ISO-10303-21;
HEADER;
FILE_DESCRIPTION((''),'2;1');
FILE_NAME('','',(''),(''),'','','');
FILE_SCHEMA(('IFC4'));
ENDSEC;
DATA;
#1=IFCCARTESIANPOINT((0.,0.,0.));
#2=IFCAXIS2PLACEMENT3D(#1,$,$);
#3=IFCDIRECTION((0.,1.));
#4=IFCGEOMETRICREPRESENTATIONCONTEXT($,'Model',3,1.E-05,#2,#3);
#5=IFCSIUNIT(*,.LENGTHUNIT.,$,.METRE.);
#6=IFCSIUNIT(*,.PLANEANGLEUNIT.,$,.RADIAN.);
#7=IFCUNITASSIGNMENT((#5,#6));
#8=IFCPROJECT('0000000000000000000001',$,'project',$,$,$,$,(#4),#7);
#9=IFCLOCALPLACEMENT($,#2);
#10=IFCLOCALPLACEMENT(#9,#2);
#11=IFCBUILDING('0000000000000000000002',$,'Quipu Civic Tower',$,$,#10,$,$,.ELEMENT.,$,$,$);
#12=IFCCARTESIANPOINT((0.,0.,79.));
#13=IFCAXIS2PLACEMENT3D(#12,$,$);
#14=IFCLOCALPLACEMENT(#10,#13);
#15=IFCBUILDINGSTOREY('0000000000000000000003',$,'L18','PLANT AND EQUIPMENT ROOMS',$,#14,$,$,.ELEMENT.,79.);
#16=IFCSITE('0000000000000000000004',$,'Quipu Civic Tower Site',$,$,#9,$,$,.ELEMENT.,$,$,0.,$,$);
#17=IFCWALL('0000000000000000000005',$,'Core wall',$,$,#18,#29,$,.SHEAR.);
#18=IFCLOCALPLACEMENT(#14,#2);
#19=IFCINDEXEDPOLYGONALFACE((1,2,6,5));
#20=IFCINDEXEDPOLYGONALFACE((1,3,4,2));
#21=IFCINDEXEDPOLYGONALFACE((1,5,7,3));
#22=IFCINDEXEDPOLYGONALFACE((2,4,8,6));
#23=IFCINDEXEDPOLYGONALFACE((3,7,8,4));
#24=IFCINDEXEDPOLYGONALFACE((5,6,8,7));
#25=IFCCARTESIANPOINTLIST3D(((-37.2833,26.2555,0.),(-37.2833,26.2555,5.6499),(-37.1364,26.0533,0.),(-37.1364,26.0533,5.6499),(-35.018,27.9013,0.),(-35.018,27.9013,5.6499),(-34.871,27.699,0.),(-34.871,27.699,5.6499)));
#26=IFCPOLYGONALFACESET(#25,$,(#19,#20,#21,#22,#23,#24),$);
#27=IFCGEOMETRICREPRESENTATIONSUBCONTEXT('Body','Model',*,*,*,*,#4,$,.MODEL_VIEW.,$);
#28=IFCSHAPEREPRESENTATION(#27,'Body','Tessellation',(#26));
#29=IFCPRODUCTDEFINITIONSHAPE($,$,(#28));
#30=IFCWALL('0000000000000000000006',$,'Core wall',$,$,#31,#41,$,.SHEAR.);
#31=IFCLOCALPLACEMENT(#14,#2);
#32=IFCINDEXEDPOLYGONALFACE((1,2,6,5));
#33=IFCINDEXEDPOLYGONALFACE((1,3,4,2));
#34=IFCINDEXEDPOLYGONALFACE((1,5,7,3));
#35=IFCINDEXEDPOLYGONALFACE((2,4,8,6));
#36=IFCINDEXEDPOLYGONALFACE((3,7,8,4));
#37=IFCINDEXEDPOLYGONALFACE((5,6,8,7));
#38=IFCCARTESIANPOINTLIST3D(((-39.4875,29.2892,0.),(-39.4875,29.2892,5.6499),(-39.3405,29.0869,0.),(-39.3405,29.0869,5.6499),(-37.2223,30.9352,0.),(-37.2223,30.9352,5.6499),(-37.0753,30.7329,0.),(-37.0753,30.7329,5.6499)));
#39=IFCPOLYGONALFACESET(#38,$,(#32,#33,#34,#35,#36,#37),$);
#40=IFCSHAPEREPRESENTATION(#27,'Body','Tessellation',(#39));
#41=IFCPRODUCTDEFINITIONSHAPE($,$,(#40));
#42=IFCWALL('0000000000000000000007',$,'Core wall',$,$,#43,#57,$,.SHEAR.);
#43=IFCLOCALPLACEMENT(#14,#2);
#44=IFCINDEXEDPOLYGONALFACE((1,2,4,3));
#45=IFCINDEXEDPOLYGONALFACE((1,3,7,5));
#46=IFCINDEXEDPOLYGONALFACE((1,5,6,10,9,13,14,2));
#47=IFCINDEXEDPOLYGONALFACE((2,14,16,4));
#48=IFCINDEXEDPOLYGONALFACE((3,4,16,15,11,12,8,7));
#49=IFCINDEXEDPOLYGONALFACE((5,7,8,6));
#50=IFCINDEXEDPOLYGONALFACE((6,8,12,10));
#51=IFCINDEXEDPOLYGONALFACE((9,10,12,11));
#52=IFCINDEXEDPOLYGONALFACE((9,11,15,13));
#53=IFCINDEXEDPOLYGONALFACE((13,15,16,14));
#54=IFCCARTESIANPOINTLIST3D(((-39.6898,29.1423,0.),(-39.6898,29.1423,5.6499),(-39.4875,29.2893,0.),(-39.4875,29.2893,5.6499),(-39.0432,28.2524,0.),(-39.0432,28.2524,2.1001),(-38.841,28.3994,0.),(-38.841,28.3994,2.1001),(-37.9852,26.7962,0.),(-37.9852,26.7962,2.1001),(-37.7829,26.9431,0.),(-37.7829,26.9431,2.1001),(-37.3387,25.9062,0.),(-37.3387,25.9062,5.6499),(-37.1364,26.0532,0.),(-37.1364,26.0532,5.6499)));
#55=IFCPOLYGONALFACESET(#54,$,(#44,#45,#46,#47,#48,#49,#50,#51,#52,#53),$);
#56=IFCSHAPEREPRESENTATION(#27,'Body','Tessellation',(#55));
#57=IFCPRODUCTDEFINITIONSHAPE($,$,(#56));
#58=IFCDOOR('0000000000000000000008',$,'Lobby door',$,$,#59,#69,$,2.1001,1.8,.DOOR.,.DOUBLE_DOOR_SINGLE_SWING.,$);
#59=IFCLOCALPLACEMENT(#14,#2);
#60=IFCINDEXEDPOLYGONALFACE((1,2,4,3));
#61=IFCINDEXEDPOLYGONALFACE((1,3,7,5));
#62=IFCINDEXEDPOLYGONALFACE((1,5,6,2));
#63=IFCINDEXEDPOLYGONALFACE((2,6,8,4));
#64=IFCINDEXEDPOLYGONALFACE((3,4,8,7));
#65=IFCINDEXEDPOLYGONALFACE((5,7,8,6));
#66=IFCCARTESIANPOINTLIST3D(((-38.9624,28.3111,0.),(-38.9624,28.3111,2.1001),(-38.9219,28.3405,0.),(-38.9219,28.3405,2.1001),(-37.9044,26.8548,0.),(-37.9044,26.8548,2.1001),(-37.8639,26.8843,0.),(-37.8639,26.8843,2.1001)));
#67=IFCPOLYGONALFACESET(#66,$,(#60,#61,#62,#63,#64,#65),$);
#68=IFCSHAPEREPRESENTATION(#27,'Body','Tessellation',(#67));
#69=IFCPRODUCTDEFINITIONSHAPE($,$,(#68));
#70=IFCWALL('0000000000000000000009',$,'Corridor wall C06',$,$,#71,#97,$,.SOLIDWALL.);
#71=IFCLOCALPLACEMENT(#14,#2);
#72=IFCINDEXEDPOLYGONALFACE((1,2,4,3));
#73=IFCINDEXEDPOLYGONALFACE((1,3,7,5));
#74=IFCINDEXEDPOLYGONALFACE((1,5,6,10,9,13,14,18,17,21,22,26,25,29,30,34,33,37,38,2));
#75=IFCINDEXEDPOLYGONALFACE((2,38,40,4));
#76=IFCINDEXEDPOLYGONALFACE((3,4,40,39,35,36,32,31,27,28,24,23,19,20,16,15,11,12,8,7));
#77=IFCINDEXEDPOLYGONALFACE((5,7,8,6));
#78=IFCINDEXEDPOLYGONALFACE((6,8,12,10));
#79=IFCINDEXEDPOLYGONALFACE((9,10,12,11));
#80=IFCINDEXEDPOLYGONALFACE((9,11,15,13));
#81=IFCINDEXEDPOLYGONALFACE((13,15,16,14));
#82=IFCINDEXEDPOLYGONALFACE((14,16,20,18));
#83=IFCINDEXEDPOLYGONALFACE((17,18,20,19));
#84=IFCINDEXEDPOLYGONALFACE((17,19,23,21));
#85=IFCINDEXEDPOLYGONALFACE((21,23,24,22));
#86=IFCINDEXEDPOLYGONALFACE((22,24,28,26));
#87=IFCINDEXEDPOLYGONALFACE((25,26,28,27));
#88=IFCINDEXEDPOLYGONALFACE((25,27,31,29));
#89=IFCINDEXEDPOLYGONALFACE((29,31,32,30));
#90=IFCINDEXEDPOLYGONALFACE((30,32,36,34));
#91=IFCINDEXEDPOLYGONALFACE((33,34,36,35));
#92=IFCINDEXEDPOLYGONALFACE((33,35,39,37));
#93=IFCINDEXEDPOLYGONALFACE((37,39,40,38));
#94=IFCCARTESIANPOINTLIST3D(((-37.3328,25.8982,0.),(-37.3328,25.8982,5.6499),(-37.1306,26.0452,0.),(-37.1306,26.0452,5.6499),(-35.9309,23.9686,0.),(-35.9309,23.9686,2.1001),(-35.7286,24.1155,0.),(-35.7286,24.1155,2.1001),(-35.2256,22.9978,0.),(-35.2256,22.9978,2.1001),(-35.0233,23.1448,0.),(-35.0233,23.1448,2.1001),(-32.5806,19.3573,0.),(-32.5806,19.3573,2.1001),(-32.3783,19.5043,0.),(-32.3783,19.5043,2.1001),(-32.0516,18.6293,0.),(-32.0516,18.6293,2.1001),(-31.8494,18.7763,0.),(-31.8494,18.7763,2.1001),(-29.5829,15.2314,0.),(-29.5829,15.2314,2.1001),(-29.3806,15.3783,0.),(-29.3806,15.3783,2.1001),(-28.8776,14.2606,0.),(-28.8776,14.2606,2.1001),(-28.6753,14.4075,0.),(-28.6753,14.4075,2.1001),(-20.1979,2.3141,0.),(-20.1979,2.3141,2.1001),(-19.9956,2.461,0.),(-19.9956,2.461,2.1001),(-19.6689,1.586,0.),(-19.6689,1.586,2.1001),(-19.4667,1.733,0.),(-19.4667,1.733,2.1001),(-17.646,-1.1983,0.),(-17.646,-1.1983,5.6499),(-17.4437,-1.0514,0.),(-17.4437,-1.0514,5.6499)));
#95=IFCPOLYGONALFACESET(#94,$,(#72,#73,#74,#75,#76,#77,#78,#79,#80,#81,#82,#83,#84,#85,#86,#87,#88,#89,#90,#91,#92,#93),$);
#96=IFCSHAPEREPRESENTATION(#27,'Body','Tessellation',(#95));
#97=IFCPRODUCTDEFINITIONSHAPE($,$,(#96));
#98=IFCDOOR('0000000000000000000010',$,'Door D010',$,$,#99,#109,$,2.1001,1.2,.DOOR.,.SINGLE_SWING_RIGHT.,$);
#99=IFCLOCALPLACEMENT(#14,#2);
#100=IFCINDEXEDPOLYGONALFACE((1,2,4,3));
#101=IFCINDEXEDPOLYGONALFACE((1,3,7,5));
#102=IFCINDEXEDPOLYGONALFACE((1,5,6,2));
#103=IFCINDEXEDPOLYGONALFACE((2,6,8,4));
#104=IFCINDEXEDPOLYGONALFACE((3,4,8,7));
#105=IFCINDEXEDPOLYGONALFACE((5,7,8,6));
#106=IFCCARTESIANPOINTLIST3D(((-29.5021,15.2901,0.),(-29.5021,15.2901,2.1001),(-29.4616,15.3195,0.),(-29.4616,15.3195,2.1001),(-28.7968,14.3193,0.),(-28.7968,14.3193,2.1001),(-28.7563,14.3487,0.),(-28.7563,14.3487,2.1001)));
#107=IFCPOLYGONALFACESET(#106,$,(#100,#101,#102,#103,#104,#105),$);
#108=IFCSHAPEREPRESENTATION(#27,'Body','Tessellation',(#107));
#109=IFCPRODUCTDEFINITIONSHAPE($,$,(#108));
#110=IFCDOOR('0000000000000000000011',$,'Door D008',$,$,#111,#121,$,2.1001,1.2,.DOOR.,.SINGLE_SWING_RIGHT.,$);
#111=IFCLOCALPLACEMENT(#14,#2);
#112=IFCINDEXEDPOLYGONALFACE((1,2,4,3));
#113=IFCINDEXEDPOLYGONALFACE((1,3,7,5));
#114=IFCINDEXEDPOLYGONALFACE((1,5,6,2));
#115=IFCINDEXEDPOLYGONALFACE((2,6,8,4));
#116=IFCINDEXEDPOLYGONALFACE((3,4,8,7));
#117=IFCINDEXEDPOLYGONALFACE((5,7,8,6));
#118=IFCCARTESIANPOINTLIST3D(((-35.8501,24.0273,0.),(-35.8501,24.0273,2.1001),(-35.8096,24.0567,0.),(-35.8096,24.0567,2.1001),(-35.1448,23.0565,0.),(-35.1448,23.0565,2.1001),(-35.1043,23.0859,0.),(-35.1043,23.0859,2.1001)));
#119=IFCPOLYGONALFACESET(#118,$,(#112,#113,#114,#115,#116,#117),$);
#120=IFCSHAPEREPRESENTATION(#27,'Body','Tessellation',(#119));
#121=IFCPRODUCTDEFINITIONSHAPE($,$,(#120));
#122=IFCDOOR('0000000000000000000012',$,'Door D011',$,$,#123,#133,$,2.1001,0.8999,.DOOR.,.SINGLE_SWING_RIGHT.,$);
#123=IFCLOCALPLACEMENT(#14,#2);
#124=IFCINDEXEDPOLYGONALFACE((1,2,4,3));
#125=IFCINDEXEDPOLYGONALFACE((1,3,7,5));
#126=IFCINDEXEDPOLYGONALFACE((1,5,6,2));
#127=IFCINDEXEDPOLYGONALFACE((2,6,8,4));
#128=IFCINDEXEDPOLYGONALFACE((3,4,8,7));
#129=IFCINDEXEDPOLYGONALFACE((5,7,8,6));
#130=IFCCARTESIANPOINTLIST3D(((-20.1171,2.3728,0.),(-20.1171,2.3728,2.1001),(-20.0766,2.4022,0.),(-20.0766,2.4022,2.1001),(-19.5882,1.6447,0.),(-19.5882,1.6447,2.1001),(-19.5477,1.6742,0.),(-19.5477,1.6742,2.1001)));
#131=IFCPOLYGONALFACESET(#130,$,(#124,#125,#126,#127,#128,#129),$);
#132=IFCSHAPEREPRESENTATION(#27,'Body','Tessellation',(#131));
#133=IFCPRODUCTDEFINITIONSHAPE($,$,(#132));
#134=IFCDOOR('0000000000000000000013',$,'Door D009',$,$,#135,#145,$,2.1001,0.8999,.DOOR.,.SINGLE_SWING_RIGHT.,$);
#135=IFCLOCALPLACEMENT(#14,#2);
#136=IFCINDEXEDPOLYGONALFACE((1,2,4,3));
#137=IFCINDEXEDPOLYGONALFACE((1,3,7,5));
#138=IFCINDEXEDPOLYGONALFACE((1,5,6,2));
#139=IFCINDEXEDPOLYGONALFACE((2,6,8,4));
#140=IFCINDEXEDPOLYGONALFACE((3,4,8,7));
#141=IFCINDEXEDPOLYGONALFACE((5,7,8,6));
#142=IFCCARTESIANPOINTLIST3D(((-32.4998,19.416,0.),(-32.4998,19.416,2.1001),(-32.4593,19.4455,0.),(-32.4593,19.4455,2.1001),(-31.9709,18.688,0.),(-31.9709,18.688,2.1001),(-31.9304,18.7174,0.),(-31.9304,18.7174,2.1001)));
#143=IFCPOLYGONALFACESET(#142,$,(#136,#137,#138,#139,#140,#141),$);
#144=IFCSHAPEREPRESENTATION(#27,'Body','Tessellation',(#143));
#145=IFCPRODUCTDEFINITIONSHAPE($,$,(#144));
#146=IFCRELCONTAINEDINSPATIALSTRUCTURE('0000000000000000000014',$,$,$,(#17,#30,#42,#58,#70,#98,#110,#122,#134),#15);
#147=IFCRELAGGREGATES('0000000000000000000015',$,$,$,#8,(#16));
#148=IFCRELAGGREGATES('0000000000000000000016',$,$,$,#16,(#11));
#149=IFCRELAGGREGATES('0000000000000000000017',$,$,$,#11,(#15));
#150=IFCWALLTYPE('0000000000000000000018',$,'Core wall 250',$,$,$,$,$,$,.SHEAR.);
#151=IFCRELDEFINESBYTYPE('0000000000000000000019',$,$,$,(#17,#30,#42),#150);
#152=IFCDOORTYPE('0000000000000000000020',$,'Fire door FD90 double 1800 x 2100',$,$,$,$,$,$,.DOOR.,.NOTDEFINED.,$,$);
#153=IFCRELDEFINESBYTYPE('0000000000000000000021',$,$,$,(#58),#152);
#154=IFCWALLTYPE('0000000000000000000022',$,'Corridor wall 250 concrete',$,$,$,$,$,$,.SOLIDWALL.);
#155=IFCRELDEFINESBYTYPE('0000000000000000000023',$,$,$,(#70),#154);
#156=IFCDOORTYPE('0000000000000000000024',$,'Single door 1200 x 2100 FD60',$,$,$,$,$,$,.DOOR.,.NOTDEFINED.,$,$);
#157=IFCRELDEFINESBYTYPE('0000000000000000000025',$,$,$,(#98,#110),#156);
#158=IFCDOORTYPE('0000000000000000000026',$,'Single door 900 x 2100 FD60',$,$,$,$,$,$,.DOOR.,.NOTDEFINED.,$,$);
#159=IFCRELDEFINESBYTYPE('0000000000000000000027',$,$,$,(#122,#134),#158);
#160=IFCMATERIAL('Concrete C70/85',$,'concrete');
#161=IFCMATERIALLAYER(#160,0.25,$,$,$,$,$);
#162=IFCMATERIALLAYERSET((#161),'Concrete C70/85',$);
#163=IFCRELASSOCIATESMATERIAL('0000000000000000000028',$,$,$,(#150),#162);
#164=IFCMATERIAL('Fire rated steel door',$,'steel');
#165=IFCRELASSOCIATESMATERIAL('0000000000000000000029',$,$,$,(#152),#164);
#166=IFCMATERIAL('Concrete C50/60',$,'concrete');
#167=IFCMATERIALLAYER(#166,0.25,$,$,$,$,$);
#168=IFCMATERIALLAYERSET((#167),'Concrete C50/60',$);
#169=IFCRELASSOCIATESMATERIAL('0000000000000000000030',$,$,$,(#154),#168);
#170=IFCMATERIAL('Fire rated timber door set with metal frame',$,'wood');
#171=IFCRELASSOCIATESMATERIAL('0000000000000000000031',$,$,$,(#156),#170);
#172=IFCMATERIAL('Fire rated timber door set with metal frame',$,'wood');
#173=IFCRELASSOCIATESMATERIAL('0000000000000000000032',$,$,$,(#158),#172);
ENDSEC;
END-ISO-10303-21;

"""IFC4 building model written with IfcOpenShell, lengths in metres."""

from ifc_helpers import new_model, si_unit, direction, frame, frame_2d, origin, place, context, subcontext, project, spatial, rectangle, extrude, material, layer, layer_set, type_object, element, fill, save


model = new_model("IFC4")

# Units and contexts
model_context = context("Model", 3, precision=1e-05, world=origin(), true_north=direction((0.0, 1.0)))
body_context = subcontext(model_context, "Body", "Model", "MODEL_VIEW")
ifc_project = project(units=[si_unit("LENGTHUNIT", "METRE"), si_unit("PLANEANGLEUNIT", "RADIAN")], contexts=[model_context])

# Site, building, storey
site_placement = place(None, origin())
site = spatial("IfcSite", under=ifc_project, at=site_placement, Name="Quipu Civic Tower Site", CompositionType="ELEMENT", RefElevation=0.0)
building_placement = place(site_placement, origin())
building = spatial("IfcBuilding", under=site, at=building_placement, Name="Quipu Civic Tower", CompositionType="ELEMENT")
storey_placement = place(building_placement, frame((0.0, 0.0, 79.0)))
storey = spatial("IfcBuildingStorey", under=building, at=storey_placement, Name="L18", Description="PLANT AND EQUIPMENT ROOMS", CompositionType="ELEMENT", Elevation=79.0)

# Shared definitions
ifc_material_1 = material(Name="Concrete C70/85", Category="concrete")
ifc_layer_1 = layer(ifc_material_1, 0.25)
ifc_layer_set_1 = layer_set([ifc_layer_1], Name="Concrete C70/85")
wall_type_1 = type_object("IfcWallType", Name="Core wall 250", PredefinedType="SHEAR", material=ifc_layer_set_1)

# Shared definitions
ifc_material_2 = material(Name="Fire rated steel door", Category="steel")
door_type_1 = type_object("IfcDoorType", Name="Fire door FD90 double 1800 x 2100", OperationType="NOTDEFINED", PredefinedType="DOOR", material=ifc_material_2)

# Walls
for number, where, z_axis, x_axis, name in (
    (1, (-34.9446, 27.8, 0.0), (0.0, 0.0, 1.0), (-0.809041, -0.587752, 0.0), "Core wall"),
    (2, (-37.1489, 30.834, 0.0), (0.0, 0.0, 1.0), (-0.80897, -0.58785, 0.0), "Core wall"),
):
    element("IfcWall", number, at=place(storey_placement, frame(where, z_axis=z_axis, x_axis=x_axis)), inside=storey, type_object=wall_type_1, Name=name, PredefinedType="SHEAR", context=body_context, shape_type="SweptSolid", body=[
        extrude(rectangle(XDim=2.8, YDim=0.25, at=frame_2d((1.3999, 0.0))), origin(), (0.0, 0.0, 1.0), 5.6499),
    ])

# Wall, opening, door
wall_1_placement = place(storey_placement, frame((-39.5886, 29.2158, 0.0), z_axis=(0.0, 0.0, 1.0), x_axis=(0.587772, -0.809026, 0.0)))
wall_1 = element("IfcWall", 3, at=wall_1_placement, inside=storey, type_object=wall_type_1, Name="Core wall", PredefinedType="SHEAR", context=body_context, shape_type="SweptSolid", body=[
    extrude(rectangle(XDim=4.0, YDim=0.25, at=frame_2d((2.0, 0.0))), origin(), (0.0, 0.0, 1.0), 5.6499),
])
opening_1_placement = place(wall_1_placement, frame((1.1001, 0.0, 0.0)))
opening_1 = element("IfcOpeningElement", 4, at=opening_1_placement, cuts=wall_1, PredefinedType="OPENING", context=body_context, shape_type="SweptSolid", body=[
    extrude(rectangle(XDim=1.8, YDim=2.1001, at=frame_2d((0.8999, 1.05))), frame((0.0, 0.135, 0.0), z_axis=(0.0, -1.0, 0.0), x_axis=(1.0, 0.0, 0.0)), (0.0, 0.0, 1.0), 0.27),
])
door_1_placement = place(opening_1_placement, origin())
door_1 = element("IfcDoor", 5, at=door_1_placement, inside=storey, type_object=door_type_1, Name="Lobby door", OperationType="DOUBLE_DOOR_SINGLE_SWING", OverallHeight=2.1001, OverallWidth=1.8, PredefinedType="DOOR", context=body_context, shape_type="SweptSolid", body=[
    extrude(rectangle(XDim=1.8, YDim=2.1001, at=frame_2d((0.8999, 1.05))), frame((0.0, 0.0249, 0.0), z_axis=(0.0, -1.0, 0.0), x_axis=(1.0, 0.0, 0.0)), (0.0, 0.0, 1.0), 0.05),
])
fill(opening_1, door_1)

# Wall, openings, doors
ifc_material_3 = material(Name="Concrete C50/60", Category="concrete")
ifc_layer_2 = layer(ifc_material_3, 0.25)
ifc_layer_set_2 = layer_set([ifc_layer_2], Name="Concrete C50/60")
wall_type_2 = type_object("IfcWallType", Name="Corridor wall 250 concrete", PredefinedType="SOLIDWALL", material=ifc_layer_set_2)
wall_2_placement = place(storey_placement, frame((-37.2317, 25.9717, 0.0), z_axis=(0.0, 0.0, 1.0), x_axis=(0.587786, -0.809016, 0.0)))
wall_2 = element("IfcWall", 6, at=wall_2_placement, inside=storey, type_object=wall_type_2, Name="Corridor wall C06", PredefinedType="SOLIDWALL", context=body_context, shape_type="SweptSolid", body=[
    extrude(rectangle(XDim=33.4932, YDim=0.25, at=frame_2d((16.7466, 0.0))), origin(), (0.0, 0.0, 1.0), 5.6499),
])
opening_2_placement = place(wall_2_placement, frame((13.1848, 0.0, 0.0)))
opening_2 = element("IfcOpeningElement", 7, at=opening_2_placement, cuts=wall_2, PredefinedType="OPENING", context=body_context, shape_type="SweptSolid", body=[
    extrude(rectangle(XDim=1.2, YDim=2.1001, at=frame_2d((0.6001, 1.05))), frame((0.0, 0.135, 0.0), z_axis=(0.0, -1.0, 0.0), x_axis=(1.0, 0.0, 0.0)), (0.0, 0.0, 1.0), 0.27),
])
opening_3_placement = place(wall_2_placement, frame((29.1516, 0.0, 0.0)))
opening_3 = element("IfcOpeningElement", 8, at=opening_3_placement, cuts=wall_2, PredefinedType="OPENING", context=body_context, shape_type="SweptSolid", body=[
    extrude(rectangle(XDim=0.8999, YDim=2.1001, at=frame_2d((0.45, 1.05))), frame((0.0, 0.135, 0.0), z_axis=(0.0, -1.0, 0.0), x_axis=(1.0, 0.0, 0.0)), (0.0, 0.0, 1.0), 0.27),
])
opening_4_placement = place(wall_2_placement, frame((2.385, 0.0, 0.0)))
opening_4 = element("IfcOpeningElement", 9, at=opening_4_placement, cuts=wall_2, PredefinedType="OPENING", context=body_context, shape_type="SweptSolid", body=[
    extrude(rectangle(XDim=1.2, YDim=2.1001, at=frame_2d((0.6001, 1.05))), frame((0.0, 0.135, 0.0), z_axis=(0.0, -1.0, 0.0), x_axis=(1.0, 0.0, 0.0)), (0.0, 0.0, 1.0), 0.27),
])
opening_5_placement = place(wall_2_placement, frame((8.085, 0.0, 0.0)))
opening_5 = element("IfcOpeningElement", 10, at=opening_5_placement, cuts=wall_2, PredefinedType="OPENING", context=body_context, shape_type="SweptSolid", body=[
    extrude(rectangle(XDim=0.8999, YDim=2.1001, at=frame_2d((0.45, 1.05))), frame((0.0, 0.135, 0.0), z_axis=(0.0, -1.0, 0.0), x_axis=(1.0, 0.0, 0.0)), (0.0, 0.0, 1.0), 0.27),
])
ifc_material_4 = material(Name="Fire rated timber door set with metal frame", Category="wood")
door_type_2 = type_object("IfcDoorType", Name="Single door 1200 x 2100 FD60", OperationType="NOTDEFINED", PredefinedType="DOOR", material=ifc_material_4)
door_2_placement = place(opening_2_placement, origin())
door_2 = element("IfcDoor", 11, at=door_2_placement, inside=storey, type_object=door_type_2, Name="Door D010", OperationType="SINGLE_SWING_RIGHT", OverallHeight=2.1001, OverallWidth=1.2, PredefinedType="DOOR", context=body_context, shape_type="SweptSolid", body=[
    extrude(rectangle(XDim=1.2, YDim=2.1001, at=frame_2d((0.6001, 1.05))), frame((0.0, 0.0249, 0.0), z_axis=(0.0, -1.0, 0.0), x_axis=(1.0, 0.0, 0.0)), (0.0, 0.0, 1.0), 0.05),
])
fill(opening_2, door_2)
door_3_placement = place(opening_4_placement, origin())
door_3 = element("IfcDoor", 12, at=door_3_placement, inside=storey, type_object=door_type_2, Name="Door D008", OperationType="SINGLE_SWING_RIGHT", OverallHeight=2.1001, OverallWidth=1.2, PredefinedType="DOOR", context=body_context, shape_type="SweptSolid", body=[
    extrude(rectangle(XDim=1.2, YDim=2.1001, at=frame_2d((0.6001, 1.05))), frame((0.0, 0.0249, 0.0), z_axis=(0.0, -1.0, 0.0), x_axis=(1.0, 0.0, 0.0)), (0.0, 0.0, 1.0), 0.05),
])
fill(opening_4, door_3)
ifc_material_5 = material(Name="Fire rated timber door set with metal frame", Category="wood")
door_type_3 = type_object("IfcDoorType", Name="Single door 900 x 2100 FD60", OperationType="NOTDEFINED", PredefinedType="DOOR", material=ifc_material_5)
door_4_placement = place(opening_3_placement, origin())
door_4 = element("IfcDoor", 13, at=door_4_placement, inside=storey, type_object=door_type_3, Name="Door D011", OperationType="SINGLE_SWING_RIGHT", OverallHeight=2.1001, OverallWidth=0.8999, PredefinedType="DOOR", context=body_context, shape_type="SweptSolid", body=[
    extrude(rectangle(XDim=0.8999, YDim=2.1001, at=frame_2d((0.45, 1.05))), frame((0.0, 0.0249, 0.0), z_axis=(0.0, -1.0, 0.0), x_axis=(1.0, 0.0, 0.0)), (0.0, 0.0, 1.0), 0.05),
])
fill(opening_3, door_4)
door_5_placement = place(opening_5_placement, origin())
door_5 = element("IfcDoor", 14, at=door_5_placement, inside=storey, type_object=door_type_3, Name="Door D009", OperationType="SINGLE_SWING_RIGHT", OverallHeight=2.1001, OverallWidth=0.8999, PredefinedType="DOOR", context=body_context, shape_type="SweptSolid", body=[
    extrude(rectangle(XDim=0.8999, YDim=2.1001, at=frame_2d((0.45, 1.05))), frame((0.0, 0.0249, 0.0), z_axis=(0.0, -1.0, 0.0), x_axis=(1.0, 0.0, 0.0)), (0.0, 0.0, 1.0), 0.05),
])
fill(opening_5, door_5)

save(model, "model.ifc")
